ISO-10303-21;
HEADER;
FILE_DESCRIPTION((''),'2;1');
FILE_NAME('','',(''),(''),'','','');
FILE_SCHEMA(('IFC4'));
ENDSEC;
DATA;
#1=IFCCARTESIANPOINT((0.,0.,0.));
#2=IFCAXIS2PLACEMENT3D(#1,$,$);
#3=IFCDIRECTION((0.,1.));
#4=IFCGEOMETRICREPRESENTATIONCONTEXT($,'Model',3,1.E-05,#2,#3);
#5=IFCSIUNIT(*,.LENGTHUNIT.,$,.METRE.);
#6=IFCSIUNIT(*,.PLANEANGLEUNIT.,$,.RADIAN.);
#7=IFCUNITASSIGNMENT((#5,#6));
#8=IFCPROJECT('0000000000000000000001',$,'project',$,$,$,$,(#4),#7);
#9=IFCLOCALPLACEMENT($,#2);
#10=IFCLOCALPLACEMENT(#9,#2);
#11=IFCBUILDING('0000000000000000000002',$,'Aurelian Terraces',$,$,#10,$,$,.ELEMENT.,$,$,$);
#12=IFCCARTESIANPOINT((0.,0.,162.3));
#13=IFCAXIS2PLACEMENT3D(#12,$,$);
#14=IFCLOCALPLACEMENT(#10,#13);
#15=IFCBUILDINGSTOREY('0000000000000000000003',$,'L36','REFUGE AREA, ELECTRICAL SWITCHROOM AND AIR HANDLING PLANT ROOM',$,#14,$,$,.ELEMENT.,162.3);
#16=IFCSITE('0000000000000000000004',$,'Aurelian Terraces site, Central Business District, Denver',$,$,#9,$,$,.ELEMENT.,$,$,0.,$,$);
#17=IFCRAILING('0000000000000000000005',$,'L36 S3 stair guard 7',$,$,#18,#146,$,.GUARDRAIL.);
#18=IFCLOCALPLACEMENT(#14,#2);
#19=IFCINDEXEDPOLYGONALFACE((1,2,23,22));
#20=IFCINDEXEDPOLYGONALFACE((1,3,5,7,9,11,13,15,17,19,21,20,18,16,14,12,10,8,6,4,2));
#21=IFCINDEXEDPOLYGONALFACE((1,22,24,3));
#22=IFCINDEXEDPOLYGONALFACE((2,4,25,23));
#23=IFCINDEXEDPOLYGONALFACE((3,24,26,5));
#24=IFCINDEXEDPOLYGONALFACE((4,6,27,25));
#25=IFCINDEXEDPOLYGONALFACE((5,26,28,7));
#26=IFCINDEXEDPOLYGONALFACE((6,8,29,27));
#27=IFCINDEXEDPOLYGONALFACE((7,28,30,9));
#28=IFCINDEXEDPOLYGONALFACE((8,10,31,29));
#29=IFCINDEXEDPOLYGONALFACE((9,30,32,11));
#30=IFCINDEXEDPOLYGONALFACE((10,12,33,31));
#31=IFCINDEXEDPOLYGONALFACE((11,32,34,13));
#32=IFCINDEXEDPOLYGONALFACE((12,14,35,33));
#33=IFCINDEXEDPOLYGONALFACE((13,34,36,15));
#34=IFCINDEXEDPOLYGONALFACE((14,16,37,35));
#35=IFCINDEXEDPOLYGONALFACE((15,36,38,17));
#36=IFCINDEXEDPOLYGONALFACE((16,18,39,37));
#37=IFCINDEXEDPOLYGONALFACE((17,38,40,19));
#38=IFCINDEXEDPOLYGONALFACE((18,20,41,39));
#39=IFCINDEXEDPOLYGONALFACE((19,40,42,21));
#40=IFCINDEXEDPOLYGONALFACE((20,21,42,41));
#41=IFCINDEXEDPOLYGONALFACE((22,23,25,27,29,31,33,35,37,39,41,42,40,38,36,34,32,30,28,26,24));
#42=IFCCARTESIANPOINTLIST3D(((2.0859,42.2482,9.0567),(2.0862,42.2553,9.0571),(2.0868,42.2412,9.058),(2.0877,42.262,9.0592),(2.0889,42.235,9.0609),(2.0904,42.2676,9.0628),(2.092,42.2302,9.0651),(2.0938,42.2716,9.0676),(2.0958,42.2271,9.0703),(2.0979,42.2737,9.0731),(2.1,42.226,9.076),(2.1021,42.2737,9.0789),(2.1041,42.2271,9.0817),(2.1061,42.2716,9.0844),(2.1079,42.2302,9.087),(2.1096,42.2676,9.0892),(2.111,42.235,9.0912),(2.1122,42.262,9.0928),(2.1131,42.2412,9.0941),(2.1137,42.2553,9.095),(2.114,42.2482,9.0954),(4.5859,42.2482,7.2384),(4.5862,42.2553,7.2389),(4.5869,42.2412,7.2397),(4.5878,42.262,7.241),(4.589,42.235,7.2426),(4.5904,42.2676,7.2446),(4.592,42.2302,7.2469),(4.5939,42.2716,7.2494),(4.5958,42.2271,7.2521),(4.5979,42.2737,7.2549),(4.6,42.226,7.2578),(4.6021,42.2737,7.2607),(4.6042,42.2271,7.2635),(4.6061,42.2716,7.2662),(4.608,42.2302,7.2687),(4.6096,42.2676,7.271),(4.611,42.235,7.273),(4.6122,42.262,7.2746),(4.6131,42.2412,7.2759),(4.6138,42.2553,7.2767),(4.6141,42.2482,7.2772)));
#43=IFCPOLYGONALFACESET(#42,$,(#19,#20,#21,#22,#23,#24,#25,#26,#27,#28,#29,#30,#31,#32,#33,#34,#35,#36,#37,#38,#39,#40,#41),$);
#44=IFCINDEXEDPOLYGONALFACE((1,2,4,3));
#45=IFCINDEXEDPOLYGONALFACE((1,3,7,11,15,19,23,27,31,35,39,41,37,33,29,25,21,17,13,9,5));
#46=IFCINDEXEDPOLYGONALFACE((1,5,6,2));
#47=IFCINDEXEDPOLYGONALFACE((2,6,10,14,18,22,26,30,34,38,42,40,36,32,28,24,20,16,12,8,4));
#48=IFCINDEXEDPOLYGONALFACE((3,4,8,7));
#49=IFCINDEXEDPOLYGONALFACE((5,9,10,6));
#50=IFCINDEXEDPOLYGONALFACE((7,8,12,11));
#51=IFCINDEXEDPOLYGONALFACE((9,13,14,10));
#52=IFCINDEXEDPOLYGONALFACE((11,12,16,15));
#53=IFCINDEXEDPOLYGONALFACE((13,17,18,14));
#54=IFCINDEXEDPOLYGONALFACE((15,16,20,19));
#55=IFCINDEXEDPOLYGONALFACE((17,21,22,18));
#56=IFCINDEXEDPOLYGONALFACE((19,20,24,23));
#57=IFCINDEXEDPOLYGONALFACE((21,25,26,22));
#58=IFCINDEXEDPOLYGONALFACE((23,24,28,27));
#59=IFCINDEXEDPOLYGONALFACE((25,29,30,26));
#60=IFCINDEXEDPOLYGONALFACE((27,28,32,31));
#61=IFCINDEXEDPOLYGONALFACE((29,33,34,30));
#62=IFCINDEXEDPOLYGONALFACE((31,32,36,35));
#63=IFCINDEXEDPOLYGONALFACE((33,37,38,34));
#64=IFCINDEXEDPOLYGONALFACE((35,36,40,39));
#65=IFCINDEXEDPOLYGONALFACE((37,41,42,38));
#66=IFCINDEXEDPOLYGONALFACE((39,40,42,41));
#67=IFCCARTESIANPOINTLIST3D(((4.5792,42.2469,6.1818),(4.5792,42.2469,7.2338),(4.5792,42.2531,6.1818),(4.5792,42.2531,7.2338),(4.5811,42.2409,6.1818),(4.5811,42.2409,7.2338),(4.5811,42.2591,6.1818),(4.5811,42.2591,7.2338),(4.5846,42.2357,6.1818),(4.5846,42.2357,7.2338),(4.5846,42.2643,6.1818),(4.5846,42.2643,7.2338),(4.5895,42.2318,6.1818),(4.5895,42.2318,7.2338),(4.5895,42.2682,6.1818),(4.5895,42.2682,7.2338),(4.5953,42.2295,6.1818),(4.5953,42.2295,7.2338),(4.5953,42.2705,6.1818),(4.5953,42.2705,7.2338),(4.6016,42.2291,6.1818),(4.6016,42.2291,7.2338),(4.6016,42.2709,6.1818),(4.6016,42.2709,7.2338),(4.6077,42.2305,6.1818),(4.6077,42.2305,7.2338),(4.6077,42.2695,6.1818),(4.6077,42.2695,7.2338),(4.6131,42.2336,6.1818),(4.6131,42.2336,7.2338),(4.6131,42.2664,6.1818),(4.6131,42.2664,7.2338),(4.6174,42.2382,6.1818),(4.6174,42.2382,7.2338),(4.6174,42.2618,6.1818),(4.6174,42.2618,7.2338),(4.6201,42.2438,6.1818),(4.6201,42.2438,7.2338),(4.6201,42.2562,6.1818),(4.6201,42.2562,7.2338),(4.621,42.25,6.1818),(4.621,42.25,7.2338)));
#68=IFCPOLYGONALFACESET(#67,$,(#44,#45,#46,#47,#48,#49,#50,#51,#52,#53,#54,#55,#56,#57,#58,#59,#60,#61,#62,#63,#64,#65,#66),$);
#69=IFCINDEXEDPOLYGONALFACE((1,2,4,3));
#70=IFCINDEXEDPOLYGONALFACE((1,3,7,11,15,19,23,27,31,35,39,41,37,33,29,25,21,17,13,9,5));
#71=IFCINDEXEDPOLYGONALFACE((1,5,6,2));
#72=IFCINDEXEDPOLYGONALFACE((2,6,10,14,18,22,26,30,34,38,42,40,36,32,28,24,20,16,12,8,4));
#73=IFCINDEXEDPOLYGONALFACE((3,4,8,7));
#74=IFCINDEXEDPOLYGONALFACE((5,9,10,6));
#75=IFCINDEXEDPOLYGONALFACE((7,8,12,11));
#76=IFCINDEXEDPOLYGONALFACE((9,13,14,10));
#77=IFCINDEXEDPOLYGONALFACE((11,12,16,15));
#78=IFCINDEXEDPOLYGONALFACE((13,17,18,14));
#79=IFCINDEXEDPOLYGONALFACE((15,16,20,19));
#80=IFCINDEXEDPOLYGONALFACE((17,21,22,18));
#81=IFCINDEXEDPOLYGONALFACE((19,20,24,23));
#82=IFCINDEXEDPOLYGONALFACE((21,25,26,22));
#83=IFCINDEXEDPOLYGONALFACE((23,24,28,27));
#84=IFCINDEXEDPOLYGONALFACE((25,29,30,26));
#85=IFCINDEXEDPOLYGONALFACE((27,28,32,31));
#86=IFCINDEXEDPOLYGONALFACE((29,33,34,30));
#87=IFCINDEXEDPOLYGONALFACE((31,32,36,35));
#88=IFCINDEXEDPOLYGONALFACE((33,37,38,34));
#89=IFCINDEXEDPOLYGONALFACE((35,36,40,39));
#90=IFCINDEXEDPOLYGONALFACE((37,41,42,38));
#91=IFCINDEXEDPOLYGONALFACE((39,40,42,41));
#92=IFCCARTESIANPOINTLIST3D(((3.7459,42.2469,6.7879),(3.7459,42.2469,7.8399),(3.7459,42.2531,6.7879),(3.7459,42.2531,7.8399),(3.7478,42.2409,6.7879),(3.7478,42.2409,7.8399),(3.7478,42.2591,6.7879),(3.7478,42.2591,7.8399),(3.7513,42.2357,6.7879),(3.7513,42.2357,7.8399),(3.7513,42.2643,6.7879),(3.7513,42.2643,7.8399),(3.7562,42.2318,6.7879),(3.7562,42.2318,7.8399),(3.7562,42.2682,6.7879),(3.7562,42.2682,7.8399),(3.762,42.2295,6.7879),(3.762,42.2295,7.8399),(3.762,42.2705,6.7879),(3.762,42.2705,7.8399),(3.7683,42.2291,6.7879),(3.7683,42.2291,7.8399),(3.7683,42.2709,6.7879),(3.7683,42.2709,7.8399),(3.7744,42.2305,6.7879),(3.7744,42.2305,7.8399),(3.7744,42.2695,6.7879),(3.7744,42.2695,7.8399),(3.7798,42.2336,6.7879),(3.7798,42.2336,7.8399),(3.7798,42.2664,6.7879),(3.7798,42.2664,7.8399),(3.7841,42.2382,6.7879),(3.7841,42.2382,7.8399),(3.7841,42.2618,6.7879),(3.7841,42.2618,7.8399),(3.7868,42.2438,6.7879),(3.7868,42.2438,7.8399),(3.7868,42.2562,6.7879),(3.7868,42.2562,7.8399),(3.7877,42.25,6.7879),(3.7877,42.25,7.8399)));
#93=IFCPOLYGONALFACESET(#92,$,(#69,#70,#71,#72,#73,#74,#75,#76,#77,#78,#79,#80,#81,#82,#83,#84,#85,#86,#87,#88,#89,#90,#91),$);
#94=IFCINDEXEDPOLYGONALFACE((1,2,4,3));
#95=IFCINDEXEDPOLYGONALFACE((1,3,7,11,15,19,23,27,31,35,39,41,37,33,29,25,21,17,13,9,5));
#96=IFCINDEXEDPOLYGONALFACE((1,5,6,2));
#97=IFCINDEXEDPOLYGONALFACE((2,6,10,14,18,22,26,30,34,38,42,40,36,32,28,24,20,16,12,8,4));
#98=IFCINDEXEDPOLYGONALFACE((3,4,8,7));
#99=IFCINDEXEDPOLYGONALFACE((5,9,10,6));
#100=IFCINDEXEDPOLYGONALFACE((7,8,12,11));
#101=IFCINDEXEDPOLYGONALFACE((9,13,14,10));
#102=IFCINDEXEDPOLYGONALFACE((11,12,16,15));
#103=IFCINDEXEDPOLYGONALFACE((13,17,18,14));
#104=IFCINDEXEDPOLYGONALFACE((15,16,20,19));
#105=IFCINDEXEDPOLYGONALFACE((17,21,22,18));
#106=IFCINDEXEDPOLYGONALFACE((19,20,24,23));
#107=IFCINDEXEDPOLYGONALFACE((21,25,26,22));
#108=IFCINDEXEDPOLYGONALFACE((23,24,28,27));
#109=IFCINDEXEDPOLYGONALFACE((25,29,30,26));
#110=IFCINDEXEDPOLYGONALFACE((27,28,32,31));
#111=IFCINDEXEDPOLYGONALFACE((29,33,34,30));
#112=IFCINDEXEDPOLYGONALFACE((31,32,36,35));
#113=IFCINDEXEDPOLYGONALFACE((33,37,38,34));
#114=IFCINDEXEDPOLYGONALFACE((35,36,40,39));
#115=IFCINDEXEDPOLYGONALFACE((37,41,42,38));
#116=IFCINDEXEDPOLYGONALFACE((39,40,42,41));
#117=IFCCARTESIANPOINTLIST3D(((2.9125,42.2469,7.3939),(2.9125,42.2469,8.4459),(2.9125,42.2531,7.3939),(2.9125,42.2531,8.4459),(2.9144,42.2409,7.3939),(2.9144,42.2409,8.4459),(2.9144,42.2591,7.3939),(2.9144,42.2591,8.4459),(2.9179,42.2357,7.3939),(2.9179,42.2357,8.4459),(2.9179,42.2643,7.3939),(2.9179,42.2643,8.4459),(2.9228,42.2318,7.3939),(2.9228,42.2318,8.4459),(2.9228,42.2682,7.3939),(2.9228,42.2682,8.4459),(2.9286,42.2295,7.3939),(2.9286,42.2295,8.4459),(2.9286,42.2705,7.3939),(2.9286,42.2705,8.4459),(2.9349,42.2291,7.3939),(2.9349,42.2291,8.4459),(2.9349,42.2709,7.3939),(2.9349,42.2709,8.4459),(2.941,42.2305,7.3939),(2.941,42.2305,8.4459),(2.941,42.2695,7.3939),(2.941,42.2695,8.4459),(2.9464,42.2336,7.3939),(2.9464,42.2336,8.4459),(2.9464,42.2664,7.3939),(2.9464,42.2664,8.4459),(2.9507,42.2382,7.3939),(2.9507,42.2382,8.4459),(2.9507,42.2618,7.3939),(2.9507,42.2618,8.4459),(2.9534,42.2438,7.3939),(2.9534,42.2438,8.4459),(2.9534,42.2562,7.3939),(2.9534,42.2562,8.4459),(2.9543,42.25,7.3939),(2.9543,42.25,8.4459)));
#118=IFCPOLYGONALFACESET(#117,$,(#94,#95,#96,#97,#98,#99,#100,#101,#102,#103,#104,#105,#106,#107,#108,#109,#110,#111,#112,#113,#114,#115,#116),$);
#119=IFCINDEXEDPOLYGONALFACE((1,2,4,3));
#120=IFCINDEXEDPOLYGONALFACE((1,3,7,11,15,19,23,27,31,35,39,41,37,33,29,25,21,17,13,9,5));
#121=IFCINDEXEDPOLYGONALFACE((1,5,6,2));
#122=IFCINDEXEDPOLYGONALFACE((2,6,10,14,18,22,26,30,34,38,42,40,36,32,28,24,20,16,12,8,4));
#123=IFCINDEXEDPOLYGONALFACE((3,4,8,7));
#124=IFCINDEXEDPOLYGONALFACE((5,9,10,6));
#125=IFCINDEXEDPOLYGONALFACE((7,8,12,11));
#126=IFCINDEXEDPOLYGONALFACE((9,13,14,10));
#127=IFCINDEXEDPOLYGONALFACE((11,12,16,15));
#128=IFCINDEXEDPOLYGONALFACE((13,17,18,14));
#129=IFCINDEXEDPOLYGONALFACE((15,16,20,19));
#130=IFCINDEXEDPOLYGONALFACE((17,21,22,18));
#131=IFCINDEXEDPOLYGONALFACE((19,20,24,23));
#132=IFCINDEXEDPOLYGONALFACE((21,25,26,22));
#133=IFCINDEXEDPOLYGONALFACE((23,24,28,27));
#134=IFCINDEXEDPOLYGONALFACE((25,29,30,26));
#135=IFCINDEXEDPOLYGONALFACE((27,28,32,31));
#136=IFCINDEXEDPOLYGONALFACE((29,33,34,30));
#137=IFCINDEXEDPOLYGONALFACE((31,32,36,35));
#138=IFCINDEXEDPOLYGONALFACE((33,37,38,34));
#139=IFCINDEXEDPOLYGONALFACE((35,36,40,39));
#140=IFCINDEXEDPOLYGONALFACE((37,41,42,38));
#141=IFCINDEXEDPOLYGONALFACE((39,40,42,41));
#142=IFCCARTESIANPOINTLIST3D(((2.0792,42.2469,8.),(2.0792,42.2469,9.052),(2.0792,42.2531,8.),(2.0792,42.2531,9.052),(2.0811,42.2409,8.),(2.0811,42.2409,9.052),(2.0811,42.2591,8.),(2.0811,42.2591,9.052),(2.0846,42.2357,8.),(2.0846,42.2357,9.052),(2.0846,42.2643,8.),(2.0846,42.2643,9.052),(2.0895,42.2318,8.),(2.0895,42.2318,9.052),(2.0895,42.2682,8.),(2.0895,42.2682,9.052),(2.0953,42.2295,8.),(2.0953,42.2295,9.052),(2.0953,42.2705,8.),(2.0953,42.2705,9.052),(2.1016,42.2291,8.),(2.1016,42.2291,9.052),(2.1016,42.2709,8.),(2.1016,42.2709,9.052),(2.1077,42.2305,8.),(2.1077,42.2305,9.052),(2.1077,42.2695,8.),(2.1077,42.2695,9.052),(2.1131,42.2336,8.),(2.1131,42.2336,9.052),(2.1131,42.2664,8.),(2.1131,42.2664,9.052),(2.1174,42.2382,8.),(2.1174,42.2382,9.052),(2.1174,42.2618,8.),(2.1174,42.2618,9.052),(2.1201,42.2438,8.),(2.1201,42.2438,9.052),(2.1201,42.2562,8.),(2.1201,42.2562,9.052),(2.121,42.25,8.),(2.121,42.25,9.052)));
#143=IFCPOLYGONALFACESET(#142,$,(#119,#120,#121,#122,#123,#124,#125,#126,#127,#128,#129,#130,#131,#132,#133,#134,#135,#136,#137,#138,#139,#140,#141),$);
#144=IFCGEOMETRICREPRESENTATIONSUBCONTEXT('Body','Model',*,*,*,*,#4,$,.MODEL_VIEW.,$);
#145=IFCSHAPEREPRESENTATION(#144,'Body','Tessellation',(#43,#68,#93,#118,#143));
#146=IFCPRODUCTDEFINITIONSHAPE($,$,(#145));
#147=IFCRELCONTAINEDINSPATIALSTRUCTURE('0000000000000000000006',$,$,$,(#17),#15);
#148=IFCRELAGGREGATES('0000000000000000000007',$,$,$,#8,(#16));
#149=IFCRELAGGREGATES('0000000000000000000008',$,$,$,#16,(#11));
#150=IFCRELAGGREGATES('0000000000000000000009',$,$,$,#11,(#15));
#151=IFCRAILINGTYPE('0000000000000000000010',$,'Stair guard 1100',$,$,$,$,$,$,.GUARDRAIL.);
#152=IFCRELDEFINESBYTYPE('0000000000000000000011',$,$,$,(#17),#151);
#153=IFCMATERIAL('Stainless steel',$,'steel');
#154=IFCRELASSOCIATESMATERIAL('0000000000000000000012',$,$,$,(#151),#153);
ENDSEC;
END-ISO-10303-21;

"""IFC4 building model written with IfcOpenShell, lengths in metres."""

from ifc_helpers import new_model, si_unit, direction, frame, origin, origin_2d, place, context, subcontext, project, spatial, circle, extrude, source, transform, mapped, material, type_object, element, save


model = new_model("IFC4")

# Units and contexts
model_context = context("Model", 3, precision=1e-05, world=origin(), true_north=direction((0.0, 1.0)))
body_context = subcontext(model_context, "Body", "Model", "MODEL_VIEW")
ifc_project = project(units=[si_unit("LENGTHUNIT", "METRE"), si_unit("PLANEANGLEUNIT", "RADIAN")], contexts=[model_context])

# Site, building, storey
site_placement = place(None, origin())
site = spatial("IfcSite", under=ifc_project, at=site_placement, Name="Aurelian Terraces site, Central Business District, Denver", CompositionType="ELEMENT", RefElevation=0.0)
building_placement = place(site_placement, origin())
building = spatial("IfcBuilding", under=site, at=building_placement, Name="Aurelian Terraces", CompositionType="ELEMENT")
storey_placement = place(building_placement, frame((0.0, 0.0, 162.3)))
storey = spatial("IfcBuildingStorey", under=building, at=storey_placement, Name="L36", Description="REFUGE AREA, ELECTRICAL SWITCHROOM AND AIR HANDLING PLANT ROOM", CompositionType="ELEMENT", Elevation=162.3)

# Railing
ifc_material_1 = material(Name="Stainless steel", Category="steel")
railing_type_1 = type_object("IfcRailingType", Name="Stair guard 1100", PredefinedType="GUARDRAIL", material=ifc_material_1)
shared_shape_1 = source(origin(), body_context, "Body", "SweptSolid", [
    extrude(circle(Radius=0.024, at=origin_2d()), frame((0.0, 0.0, 1.076), z_axis=(-0.808733, 0.0, 0.588176), x_axis=(0.0, -1.0, 0.0)), (0.0, 0.0, 1.0), 3.0913),
    extrude(circle(Radius=0.021, at=origin_2d()), origin(), (0.0, 0.0, 1.0), 1.052),
    extrude(circle(Radius=0.021, at=origin_2d()), frame((-0.8333, 0.0, 0.6061)), (0.0, 0.0, 1.0), 1.052),
    extrude(circle(Radius=0.021, at=origin_2d()), frame((-1.6667, 0.0, 1.2121)), (0.0, 0.0, 1.0), 1.052),
    extrude(circle(Radius=0.021, at=origin_2d()), frame((-2.5, 0.0, 1.8182)), (0.0, 0.0, 1.0), 1.052),
])
railing_1_placement = place(storey_placement, frame((4.6, 42.25, 6.1818)))
element("IfcRailing", 1, at=railing_1_placement, inside=storey, type_object=railing_type_1, Name="L36 S3 stair guard 7", PredefinedType="GUARDRAIL", context=body_context, shape_type="MappedRepresentation", body=[
    mapped(shared_shape_1, transform((0.0, 0.0, 0.0), scale=1.0)),
])

save(model, "model.ifc")
